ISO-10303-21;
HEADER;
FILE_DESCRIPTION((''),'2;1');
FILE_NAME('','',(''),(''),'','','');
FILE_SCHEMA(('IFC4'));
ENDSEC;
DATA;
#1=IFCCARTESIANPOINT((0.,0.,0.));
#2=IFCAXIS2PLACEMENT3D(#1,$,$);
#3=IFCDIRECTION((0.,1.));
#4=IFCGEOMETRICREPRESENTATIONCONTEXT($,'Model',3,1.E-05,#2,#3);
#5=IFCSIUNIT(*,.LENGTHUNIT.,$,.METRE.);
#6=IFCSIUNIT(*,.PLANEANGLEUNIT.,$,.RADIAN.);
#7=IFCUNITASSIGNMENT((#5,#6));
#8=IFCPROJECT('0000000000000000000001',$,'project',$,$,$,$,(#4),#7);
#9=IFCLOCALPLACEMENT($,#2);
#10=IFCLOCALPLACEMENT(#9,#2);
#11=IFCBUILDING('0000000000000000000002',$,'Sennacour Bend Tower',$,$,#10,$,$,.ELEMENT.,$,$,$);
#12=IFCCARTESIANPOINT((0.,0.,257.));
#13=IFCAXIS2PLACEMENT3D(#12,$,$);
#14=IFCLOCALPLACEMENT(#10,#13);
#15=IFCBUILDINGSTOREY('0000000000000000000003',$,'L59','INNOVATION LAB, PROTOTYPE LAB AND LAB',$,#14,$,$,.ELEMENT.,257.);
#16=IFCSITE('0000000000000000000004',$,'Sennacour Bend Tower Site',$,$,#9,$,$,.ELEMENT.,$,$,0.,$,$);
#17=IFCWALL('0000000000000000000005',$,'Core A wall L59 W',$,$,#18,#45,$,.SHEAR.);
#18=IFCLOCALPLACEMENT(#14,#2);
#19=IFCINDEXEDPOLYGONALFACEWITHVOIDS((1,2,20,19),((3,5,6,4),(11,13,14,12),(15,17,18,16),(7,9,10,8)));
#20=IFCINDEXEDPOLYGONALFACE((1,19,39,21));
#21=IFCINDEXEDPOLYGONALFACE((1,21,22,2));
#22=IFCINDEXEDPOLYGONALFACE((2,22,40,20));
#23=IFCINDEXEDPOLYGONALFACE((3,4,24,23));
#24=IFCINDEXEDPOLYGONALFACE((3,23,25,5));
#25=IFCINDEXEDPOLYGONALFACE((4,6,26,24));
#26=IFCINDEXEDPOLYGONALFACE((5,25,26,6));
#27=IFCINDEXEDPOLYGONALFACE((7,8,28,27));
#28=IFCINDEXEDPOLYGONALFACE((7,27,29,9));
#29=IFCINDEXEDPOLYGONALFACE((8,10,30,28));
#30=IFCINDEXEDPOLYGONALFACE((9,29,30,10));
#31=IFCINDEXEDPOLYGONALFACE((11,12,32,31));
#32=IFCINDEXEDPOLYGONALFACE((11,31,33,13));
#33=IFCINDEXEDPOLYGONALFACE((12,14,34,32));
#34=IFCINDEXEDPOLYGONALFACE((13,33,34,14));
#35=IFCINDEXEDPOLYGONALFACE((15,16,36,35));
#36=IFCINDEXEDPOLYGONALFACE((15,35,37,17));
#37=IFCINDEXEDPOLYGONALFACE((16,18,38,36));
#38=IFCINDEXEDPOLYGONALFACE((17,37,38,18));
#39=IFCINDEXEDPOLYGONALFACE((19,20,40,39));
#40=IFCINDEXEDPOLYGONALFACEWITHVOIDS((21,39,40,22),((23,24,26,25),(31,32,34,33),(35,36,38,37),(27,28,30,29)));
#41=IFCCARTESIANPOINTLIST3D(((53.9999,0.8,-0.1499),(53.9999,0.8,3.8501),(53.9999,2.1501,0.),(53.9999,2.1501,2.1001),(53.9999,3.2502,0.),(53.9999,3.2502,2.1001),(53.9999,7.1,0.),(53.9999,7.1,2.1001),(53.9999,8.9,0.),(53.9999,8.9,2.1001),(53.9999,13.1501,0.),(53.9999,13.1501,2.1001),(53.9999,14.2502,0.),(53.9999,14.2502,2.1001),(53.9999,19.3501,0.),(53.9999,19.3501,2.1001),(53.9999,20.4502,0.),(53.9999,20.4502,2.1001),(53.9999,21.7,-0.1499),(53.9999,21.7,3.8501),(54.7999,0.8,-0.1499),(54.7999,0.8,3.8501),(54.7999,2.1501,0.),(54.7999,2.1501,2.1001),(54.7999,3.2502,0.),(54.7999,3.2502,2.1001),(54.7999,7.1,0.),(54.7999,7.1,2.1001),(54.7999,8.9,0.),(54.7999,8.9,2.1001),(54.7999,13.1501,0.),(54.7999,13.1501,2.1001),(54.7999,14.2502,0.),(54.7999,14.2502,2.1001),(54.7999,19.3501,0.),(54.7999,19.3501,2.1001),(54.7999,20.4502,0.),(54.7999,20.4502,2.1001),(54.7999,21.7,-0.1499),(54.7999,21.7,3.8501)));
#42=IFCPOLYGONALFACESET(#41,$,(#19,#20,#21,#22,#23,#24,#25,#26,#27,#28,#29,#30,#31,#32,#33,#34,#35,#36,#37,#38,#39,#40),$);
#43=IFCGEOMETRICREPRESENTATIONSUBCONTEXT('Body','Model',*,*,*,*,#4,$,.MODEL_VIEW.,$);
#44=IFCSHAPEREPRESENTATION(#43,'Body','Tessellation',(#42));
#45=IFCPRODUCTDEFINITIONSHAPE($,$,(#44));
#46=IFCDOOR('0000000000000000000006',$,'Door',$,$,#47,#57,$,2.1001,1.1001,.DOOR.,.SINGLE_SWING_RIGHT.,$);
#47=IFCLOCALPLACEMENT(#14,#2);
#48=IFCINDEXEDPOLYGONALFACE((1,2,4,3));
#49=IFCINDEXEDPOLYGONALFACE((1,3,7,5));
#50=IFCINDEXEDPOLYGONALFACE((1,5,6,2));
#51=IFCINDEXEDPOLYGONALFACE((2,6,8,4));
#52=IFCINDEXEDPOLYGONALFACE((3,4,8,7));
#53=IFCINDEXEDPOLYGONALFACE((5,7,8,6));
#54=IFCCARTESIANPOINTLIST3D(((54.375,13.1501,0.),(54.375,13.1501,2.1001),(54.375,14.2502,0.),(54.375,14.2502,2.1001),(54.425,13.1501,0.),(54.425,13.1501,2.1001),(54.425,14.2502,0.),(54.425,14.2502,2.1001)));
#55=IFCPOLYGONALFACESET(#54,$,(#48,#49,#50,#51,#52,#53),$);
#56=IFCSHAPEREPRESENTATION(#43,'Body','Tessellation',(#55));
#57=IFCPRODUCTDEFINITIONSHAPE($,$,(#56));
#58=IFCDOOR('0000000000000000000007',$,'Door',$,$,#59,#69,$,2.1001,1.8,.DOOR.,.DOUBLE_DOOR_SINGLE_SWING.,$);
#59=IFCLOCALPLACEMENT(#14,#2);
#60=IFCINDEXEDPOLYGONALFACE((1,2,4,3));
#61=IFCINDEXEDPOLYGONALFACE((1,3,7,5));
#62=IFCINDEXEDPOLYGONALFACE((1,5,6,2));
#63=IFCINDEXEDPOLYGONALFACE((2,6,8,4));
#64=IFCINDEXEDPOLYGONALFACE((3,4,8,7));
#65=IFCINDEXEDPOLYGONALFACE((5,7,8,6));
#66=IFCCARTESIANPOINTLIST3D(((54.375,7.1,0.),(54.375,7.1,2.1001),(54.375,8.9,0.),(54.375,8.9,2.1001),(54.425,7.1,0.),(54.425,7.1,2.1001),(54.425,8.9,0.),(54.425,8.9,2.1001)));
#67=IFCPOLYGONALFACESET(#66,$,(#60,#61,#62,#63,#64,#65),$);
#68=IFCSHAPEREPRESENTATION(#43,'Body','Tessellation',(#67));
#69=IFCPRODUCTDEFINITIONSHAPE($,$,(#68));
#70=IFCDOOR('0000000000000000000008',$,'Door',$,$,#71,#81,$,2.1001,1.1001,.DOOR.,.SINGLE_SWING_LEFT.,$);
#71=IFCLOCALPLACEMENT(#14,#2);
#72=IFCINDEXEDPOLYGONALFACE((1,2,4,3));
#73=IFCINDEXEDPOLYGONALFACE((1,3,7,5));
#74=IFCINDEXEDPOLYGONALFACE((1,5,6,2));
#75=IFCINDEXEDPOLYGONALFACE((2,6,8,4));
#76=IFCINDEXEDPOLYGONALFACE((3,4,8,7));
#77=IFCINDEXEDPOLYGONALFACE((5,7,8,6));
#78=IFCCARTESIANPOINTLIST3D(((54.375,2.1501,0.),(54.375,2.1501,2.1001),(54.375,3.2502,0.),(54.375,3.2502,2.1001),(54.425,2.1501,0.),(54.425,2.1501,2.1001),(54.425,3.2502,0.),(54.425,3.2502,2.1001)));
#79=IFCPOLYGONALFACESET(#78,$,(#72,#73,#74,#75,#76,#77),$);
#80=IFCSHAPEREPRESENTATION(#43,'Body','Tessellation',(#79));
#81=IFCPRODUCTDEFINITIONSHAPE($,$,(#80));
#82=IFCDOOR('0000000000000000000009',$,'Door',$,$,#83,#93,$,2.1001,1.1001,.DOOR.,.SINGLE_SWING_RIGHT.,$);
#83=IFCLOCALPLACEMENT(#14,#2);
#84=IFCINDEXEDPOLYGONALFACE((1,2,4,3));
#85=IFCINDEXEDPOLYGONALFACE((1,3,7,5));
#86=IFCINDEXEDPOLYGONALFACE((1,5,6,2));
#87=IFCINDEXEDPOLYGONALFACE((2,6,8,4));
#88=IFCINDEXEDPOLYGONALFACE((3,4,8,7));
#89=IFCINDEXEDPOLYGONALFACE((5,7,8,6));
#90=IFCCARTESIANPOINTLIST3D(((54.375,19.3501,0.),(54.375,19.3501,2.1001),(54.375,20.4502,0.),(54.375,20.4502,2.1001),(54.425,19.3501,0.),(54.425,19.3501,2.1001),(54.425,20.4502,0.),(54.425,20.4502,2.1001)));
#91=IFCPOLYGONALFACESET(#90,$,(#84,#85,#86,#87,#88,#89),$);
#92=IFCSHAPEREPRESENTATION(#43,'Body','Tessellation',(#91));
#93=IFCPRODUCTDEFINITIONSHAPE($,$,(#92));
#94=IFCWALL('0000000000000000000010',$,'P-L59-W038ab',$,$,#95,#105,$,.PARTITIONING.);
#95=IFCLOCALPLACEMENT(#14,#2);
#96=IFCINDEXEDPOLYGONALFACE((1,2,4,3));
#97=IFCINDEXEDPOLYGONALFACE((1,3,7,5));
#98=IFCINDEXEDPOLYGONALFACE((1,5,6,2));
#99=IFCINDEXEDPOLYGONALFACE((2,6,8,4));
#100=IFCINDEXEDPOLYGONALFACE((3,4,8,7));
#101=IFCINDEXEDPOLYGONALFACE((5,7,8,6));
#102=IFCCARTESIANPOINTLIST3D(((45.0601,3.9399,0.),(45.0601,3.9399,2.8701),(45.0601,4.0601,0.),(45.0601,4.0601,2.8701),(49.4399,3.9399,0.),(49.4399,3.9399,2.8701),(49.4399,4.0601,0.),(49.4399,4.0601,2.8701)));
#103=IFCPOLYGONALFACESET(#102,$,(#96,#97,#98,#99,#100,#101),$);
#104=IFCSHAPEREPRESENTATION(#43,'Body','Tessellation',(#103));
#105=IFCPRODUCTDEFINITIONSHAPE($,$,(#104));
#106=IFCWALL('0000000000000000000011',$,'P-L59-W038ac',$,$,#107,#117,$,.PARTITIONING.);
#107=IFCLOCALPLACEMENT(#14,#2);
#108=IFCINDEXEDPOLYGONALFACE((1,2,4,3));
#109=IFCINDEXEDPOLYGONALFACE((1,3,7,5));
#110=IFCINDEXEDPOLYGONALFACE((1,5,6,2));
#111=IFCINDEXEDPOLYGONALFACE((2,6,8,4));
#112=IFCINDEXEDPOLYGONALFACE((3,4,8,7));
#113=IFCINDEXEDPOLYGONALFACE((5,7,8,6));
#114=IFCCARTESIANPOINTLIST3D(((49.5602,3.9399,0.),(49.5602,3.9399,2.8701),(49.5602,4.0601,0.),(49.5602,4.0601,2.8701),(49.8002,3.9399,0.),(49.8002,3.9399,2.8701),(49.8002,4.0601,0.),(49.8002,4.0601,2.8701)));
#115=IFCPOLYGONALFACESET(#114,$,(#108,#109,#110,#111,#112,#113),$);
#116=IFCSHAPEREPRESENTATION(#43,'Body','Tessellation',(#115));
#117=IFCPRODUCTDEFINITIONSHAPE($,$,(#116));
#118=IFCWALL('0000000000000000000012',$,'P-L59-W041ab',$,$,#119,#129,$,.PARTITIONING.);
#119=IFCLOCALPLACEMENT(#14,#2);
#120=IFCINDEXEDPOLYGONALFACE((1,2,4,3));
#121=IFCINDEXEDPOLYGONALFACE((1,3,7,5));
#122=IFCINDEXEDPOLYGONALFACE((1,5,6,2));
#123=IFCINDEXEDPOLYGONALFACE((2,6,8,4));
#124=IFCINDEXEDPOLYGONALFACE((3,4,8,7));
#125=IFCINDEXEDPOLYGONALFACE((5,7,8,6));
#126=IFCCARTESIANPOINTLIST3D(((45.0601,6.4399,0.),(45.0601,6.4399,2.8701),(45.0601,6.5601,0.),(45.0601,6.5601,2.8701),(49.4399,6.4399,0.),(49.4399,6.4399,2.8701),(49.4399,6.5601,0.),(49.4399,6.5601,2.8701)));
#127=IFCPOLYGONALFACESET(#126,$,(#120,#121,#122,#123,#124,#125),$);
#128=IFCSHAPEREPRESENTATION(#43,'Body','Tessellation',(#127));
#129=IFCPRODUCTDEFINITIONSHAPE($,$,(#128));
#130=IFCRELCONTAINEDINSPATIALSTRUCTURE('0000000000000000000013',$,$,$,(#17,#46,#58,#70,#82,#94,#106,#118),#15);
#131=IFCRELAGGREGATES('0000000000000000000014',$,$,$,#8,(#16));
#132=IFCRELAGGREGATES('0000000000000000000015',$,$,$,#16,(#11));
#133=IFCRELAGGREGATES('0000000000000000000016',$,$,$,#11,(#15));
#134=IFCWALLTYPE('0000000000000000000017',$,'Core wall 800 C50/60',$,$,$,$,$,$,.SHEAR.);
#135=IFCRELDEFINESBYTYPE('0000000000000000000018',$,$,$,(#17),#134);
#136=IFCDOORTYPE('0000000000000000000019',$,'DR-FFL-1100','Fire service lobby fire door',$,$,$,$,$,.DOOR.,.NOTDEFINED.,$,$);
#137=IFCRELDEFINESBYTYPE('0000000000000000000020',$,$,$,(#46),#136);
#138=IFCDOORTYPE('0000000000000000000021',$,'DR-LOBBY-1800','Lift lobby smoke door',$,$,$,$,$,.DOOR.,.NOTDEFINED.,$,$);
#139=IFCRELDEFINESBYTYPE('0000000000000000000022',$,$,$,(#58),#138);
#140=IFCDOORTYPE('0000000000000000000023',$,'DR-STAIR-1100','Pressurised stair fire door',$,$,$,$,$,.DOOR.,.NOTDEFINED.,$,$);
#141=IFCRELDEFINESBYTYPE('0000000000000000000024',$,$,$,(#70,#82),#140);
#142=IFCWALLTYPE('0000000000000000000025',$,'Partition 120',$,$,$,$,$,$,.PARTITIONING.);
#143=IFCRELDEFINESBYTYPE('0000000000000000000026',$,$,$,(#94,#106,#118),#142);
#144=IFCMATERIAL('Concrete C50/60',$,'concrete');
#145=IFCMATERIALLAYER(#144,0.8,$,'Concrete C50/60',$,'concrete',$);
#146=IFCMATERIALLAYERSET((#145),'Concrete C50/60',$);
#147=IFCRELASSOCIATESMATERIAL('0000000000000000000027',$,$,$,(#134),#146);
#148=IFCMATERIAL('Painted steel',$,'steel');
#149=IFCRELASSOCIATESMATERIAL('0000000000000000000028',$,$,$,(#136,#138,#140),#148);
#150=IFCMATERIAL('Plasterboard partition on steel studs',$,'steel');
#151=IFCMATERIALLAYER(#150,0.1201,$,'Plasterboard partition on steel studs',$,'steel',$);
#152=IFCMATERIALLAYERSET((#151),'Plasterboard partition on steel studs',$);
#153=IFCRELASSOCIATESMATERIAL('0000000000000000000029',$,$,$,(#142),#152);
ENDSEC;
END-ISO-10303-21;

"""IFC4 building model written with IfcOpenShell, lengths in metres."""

from ifc_helpers import new_model, si_unit, direction, frame, frame_2d, origin, place, context, subcontext, project, spatial, rectangle, extrude, material, layer, layer_set, type_object, element, fill, save


model = new_model("IFC4")

# Units and contexts
model_context = context("Model", 3, precision=1e-05, world=origin(), true_north=direction((0.0, 1.0)))
body_context = subcontext(model_context, "Body", "Model", "MODEL_VIEW")
ifc_project = project(units=[si_unit("LENGTHUNIT", "METRE"), si_unit("PLANEANGLEUNIT", "RADIAN")], contexts=[model_context])

# Site, building, storey
site_placement = place(None, origin())
site = spatial("IfcSite", under=ifc_project, at=site_placement, Name="Sennacour Bend Tower Site", CompositionType="ELEMENT", RefElevation=0.0)
building_placement = place(site_placement, origin())
building = spatial("IfcBuilding", under=site, at=building_placement, Name="Sennacour Bend Tower", CompositionType="ELEMENT")
storey_placement = place(building_placement, frame((0.0, 0.0, 257.0)))
storey = spatial("IfcBuildingStorey", under=building, at=storey_placement, Name="L59", Description="INNOVATION LAB, PROTOTYPE LAB AND LAB", CompositionType="ELEMENT", Elevation=257.0)

# Wall, openings, doors
ifc_material_1 = material(Name="Concrete C50/60", Category="concrete")
ifc_layer_1 = layer(ifc_material_1, 0.8, Name="Concrete C50/60", Category="concrete")
ifc_layer_set_1 = layer_set([ifc_layer_1], Name="Concrete C50/60")
wall_type_1 = type_object("IfcWallType", Name="Core wall 800 C50/60", PredefinedType="SHEAR", material=ifc_layer_set_1)
wall_1_placement = place(storey_placement, frame((54.3999, 0.8, -0.1499), z_axis=(0.0, 0.0, 1.0), x_axis=(0.0, 1.0, 0.0)))
wall_1 = element("IfcWall", 1, at=wall_1_placement, inside=storey, type_object=wall_type_1, Name="Core A wall L59 W", PredefinedType="SHEAR", context=body_context, shape_type="SweptSolid", body=[
    extrude(rectangle(XDim=20.8999, YDim=0.8, at=frame_2d((10.45, 0.0))), origin(), (0.0, 0.0, 1.0), 4.0),
])
opening_1_placement = place(wall_1_placement, frame((6.3, 0.0, 0.1499)))
opening_1 = element("IfcOpeningElement", 2, at=opening_1_placement, cuts=wall_1, PredefinedType="OPENING", context=body_context, shape_type="SweptSolid", body=[
    extrude(rectangle(XDim=1.8, YDim=2.1001, at=frame_2d((0.8999, 1.05))), frame((0.0, 0.4102, 0.0), z_axis=(0.0, -1.0, 0.0), x_axis=(1.0, 0.0, 0.0)), (0.0, 0.0, 1.0), 0.8201),
])
opening_2_placement = place(wall_1_placement, frame((12.3501, 0.0, 0.1499)))
opening_2 = element("IfcOpeningElement", 3, at=opening_2_placement, cuts=wall_1, PredefinedType="OPENING", context=body_context, shape_type="SweptSolid", body=[
    extrude(rectangle(XDim=1.1001, YDim=2.1001, at=frame_2d((0.55, 1.05))), frame((0.0, 0.4102, 0.0), z_axis=(0.0, -1.0, 0.0), x_axis=(1.0, 0.0, 0.0)), (0.0, 0.0, 1.0), 0.8201),
])
opening_3_placement = place(wall_1_placement, frame((1.3501, 0.0, 0.1499)))
opening_3 = element("IfcOpeningElement", 4, at=opening_3_placement, cuts=wall_1, PredefinedType="OPENING", context=body_context, shape_type="SweptSolid", body=[
    extrude(rectangle(XDim=1.1001, YDim=2.1001, at=frame_2d((0.55, 1.05))), frame((0.0, 0.4102, 0.0), z_axis=(0.0, -1.0, 0.0), x_axis=(1.0, 0.0, 0.0)), (0.0, 0.0, 1.0), 0.8201),
])
opening_4_placement = place(wall_1_placement, frame((18.55, 0.0, 0.1499)))
opening_4 = element("IfcOpeningElement", 5, at=opening_4_placement, cuts=wall_1, PredefinedType="OPENING", context=body_context, shape_type="SweptSolid", body=[
    extrude(rectangle(XDim=1.1001, YDim=2.1001, at=frame_2d((0.55, 1.05))), frame((0.0, 0.4102, 0.0), z_axis=(0.0, -1.0, 0.0), x_axis=(1.0, 0.0, 0.0)), (0.0, 0.0, 1.0), 0.8201),
])
ifc_material_2 = material(Name="Painted steel", Category="steel")
door_type_1 = type_object("IfcDoorType", Name="DR-FFL-1100", Description="Fire service lobby fire door", OperationType="NOTDEFINED", PredefinedType="DOOR", material=ifc_material_2)
door_1_placement = place(opening_2_placement, origin())
door_1 = element("IfcDoor", 6, at=door_1_placement, inside=storey, type_object=door_type_1, Name="Door", OperationType="SINGLE_SWING_RIGHT", OverallHeight=2.1001, OverallWidth=1.1001, PredefinedType="DOOR", context=body_context, shape_type="SweptSolid", body=[
    extrude(rectangle(XDim=1.1001, YDim=2.1001, at=frame_2d((0.55, 1.05))), frame((0.0, 0.0249, 0.0), z_axis=(0.0, -1.0, 0.0), x_axis=(1.0, 0.0, 0.0)), (0.0, 0.0, 1.0), 0.05),
])
fill(opening_2, door_1)
door_type_2 = type_object("IfcDoorType", Name="DR-LOBBY-1800", Description="Lift lobby smoke door", OperationType="NOTDEFINED", PredefinedType="DOOR", material=ifc_material_2)
door_2_placement = place(opening_1_placement, origin())
door_2 = element("IfcDoor", 7, at=door_2_placement, inside=storey, type_object=door_type_2, Name="Door", OperationType="DOUBLE_DOOR_SINGLE_SWING", OverallHeight=2.1001, OverallWidth=1.8, PredefinedType="DOOR", context=body_context, shape_type="SweptSolid", body=[
    extrude(rectangle(XDim=1.8, YDim=2.1001, at=frame_2d((0.8999, 1.05))), frame((0.0, 0.0249, 0.0), z_axis=(0.0, -1.0, 0.0), x_axis=(1.0, 0.0, 0.0)), (0.0, 0.0, 1.0), 0.05),
])
fill(opening_1, door_2)
door_type_3 = type_object("IfcDoorType", Name="DR-STAIR-1100", Description="Pressurised stair fire door", OperationType="NOTDEFINED", PredefinedType="DOOR", material=ifc_material_2)
door_3_placement = place(opening_3_placement, origin())
door_3 = element("IfcDoor", 8, at=door_3_placement, inside=storey, type_object=door_type_3, Name="Door", OperationType="SINGLE_SWING_LEFT", OverallHeight=2.1001, OverallWidth=1.1001, PredefinedType="DOOR", context=body_context, shape_type="SweptSolid", body=[
    extrude(rectangle(XDim=1.1001, YDim=2.1001, at=frame_2d((0.55, 1.05))), frame((0.0, 0.0249, 0.0), z_axis=(0.0, -1.0, 0.0), x_axis=(1.0, 0.0, 0.0)), (0.0, 0.0, 1.0), 0.05),
])
fill(opening_3, door_3)
door_4_placement = place(opening_4_placement, origin())
door_4 = element("IfcDoor", 9, at=door_4_placement, inside=storey, type_object=door_type_3, Name="Door", OperationType="SINGLE_SWING_RIGHT", OverallHeight=2.1001, OverallWidth=1.1001, PredefinedType="DOOR", context=body_context, shape_type="SweptSolid", body=[
    extrude(rectangle(XDim=1.1001, YDim=2.1001, at=frame_2d((0.55, 1.05))), frame((0.0, 0.0249, 0.0), z_axis=(0.0, -1.0, 0.0), x_axis=(1.0, 0.0, 0.0)), (0.0, 0.0, 1.0), 0.05),
])
fill(opening_4, door_4)

# Walls
ifc_material_3 = material(Name="Plasterboard partition on steel studs", Category="steel")
ifc_layer_2 = layer(ifc_material_3, 0.1201, Name="Plasterboard partition on steel studs", Category="steel")
ifc_layer_set_2 = layer_set([ifc_layer_2], Name="Plasterboard partition on steel studs")
wall_type_2 = type_object("IfcWallType", Name="Partition 120", PredefinedType="PARTITIONING", material=ifc_layer_set_2)
wall_2_placement = place(storey_placement, frame((45.0601, 4.0, 0.0), z_axis=(0.0, 0.0, 1.0), x_axis=(1.0, 0.0, 0.0)))
element("IfcWall", 10, at=wall_2_placement, inside=storey, type_object=wall_type_2, Name="P-L59-W038ab", PredefinedType="PARTITIONING", context=body_context, shape_type="SweptSolid", body=[
    extrude(rectangle(XDim=4.3799, YDim=0.1201, at=frame_2d((2.1899, 0.0))), origin(), (0.0, 0.0, 1.0), 2.8701),
])
wall_3_placement = place(storey_placement, frame((49.5601, 4.0, 0.0), z_axis=(0.0, 0.0, 1.0), x_axis=(1.0, 0.0, 0.0)))
element("IfcWall", 11, at=wall_3_placement, inside=storey, type_object=wall_type_2, Name="P-L59-W038ac", PredefinedType="PARTITIONING", context=body_context, shape_type="SweptSolid", body=[
    extrude(rectangle(XDim=0.24, YDim=0.1201, at=frame_2d((0.1201, 0.0))), origin(), (0.0, 0.0, 1.0), 2.8701),
])
wall_4_placement = place(storey_placement, frame((45.0601, 6.5, 0.0), z_axis=(0.0, 0.0, 1.0), x_axis=(1.0, 0.0, 0.0)))
element("IfcWall", 12, at=wall_4_placement, inside=storey, type_object=wall_type_2, Name="P-L59-W041ab", PredefinedType="PARTITIONING", context=body_context, shape_type="SweptSolid", body=[
    extrude(rectangle(XDim=4.3799, YDim=0.1201, at=frame_2d((2.1899, 0.0))), origin(), (0.0, 0.0, 1.0), 2.8701),
])

save(model, "model.ifc")
